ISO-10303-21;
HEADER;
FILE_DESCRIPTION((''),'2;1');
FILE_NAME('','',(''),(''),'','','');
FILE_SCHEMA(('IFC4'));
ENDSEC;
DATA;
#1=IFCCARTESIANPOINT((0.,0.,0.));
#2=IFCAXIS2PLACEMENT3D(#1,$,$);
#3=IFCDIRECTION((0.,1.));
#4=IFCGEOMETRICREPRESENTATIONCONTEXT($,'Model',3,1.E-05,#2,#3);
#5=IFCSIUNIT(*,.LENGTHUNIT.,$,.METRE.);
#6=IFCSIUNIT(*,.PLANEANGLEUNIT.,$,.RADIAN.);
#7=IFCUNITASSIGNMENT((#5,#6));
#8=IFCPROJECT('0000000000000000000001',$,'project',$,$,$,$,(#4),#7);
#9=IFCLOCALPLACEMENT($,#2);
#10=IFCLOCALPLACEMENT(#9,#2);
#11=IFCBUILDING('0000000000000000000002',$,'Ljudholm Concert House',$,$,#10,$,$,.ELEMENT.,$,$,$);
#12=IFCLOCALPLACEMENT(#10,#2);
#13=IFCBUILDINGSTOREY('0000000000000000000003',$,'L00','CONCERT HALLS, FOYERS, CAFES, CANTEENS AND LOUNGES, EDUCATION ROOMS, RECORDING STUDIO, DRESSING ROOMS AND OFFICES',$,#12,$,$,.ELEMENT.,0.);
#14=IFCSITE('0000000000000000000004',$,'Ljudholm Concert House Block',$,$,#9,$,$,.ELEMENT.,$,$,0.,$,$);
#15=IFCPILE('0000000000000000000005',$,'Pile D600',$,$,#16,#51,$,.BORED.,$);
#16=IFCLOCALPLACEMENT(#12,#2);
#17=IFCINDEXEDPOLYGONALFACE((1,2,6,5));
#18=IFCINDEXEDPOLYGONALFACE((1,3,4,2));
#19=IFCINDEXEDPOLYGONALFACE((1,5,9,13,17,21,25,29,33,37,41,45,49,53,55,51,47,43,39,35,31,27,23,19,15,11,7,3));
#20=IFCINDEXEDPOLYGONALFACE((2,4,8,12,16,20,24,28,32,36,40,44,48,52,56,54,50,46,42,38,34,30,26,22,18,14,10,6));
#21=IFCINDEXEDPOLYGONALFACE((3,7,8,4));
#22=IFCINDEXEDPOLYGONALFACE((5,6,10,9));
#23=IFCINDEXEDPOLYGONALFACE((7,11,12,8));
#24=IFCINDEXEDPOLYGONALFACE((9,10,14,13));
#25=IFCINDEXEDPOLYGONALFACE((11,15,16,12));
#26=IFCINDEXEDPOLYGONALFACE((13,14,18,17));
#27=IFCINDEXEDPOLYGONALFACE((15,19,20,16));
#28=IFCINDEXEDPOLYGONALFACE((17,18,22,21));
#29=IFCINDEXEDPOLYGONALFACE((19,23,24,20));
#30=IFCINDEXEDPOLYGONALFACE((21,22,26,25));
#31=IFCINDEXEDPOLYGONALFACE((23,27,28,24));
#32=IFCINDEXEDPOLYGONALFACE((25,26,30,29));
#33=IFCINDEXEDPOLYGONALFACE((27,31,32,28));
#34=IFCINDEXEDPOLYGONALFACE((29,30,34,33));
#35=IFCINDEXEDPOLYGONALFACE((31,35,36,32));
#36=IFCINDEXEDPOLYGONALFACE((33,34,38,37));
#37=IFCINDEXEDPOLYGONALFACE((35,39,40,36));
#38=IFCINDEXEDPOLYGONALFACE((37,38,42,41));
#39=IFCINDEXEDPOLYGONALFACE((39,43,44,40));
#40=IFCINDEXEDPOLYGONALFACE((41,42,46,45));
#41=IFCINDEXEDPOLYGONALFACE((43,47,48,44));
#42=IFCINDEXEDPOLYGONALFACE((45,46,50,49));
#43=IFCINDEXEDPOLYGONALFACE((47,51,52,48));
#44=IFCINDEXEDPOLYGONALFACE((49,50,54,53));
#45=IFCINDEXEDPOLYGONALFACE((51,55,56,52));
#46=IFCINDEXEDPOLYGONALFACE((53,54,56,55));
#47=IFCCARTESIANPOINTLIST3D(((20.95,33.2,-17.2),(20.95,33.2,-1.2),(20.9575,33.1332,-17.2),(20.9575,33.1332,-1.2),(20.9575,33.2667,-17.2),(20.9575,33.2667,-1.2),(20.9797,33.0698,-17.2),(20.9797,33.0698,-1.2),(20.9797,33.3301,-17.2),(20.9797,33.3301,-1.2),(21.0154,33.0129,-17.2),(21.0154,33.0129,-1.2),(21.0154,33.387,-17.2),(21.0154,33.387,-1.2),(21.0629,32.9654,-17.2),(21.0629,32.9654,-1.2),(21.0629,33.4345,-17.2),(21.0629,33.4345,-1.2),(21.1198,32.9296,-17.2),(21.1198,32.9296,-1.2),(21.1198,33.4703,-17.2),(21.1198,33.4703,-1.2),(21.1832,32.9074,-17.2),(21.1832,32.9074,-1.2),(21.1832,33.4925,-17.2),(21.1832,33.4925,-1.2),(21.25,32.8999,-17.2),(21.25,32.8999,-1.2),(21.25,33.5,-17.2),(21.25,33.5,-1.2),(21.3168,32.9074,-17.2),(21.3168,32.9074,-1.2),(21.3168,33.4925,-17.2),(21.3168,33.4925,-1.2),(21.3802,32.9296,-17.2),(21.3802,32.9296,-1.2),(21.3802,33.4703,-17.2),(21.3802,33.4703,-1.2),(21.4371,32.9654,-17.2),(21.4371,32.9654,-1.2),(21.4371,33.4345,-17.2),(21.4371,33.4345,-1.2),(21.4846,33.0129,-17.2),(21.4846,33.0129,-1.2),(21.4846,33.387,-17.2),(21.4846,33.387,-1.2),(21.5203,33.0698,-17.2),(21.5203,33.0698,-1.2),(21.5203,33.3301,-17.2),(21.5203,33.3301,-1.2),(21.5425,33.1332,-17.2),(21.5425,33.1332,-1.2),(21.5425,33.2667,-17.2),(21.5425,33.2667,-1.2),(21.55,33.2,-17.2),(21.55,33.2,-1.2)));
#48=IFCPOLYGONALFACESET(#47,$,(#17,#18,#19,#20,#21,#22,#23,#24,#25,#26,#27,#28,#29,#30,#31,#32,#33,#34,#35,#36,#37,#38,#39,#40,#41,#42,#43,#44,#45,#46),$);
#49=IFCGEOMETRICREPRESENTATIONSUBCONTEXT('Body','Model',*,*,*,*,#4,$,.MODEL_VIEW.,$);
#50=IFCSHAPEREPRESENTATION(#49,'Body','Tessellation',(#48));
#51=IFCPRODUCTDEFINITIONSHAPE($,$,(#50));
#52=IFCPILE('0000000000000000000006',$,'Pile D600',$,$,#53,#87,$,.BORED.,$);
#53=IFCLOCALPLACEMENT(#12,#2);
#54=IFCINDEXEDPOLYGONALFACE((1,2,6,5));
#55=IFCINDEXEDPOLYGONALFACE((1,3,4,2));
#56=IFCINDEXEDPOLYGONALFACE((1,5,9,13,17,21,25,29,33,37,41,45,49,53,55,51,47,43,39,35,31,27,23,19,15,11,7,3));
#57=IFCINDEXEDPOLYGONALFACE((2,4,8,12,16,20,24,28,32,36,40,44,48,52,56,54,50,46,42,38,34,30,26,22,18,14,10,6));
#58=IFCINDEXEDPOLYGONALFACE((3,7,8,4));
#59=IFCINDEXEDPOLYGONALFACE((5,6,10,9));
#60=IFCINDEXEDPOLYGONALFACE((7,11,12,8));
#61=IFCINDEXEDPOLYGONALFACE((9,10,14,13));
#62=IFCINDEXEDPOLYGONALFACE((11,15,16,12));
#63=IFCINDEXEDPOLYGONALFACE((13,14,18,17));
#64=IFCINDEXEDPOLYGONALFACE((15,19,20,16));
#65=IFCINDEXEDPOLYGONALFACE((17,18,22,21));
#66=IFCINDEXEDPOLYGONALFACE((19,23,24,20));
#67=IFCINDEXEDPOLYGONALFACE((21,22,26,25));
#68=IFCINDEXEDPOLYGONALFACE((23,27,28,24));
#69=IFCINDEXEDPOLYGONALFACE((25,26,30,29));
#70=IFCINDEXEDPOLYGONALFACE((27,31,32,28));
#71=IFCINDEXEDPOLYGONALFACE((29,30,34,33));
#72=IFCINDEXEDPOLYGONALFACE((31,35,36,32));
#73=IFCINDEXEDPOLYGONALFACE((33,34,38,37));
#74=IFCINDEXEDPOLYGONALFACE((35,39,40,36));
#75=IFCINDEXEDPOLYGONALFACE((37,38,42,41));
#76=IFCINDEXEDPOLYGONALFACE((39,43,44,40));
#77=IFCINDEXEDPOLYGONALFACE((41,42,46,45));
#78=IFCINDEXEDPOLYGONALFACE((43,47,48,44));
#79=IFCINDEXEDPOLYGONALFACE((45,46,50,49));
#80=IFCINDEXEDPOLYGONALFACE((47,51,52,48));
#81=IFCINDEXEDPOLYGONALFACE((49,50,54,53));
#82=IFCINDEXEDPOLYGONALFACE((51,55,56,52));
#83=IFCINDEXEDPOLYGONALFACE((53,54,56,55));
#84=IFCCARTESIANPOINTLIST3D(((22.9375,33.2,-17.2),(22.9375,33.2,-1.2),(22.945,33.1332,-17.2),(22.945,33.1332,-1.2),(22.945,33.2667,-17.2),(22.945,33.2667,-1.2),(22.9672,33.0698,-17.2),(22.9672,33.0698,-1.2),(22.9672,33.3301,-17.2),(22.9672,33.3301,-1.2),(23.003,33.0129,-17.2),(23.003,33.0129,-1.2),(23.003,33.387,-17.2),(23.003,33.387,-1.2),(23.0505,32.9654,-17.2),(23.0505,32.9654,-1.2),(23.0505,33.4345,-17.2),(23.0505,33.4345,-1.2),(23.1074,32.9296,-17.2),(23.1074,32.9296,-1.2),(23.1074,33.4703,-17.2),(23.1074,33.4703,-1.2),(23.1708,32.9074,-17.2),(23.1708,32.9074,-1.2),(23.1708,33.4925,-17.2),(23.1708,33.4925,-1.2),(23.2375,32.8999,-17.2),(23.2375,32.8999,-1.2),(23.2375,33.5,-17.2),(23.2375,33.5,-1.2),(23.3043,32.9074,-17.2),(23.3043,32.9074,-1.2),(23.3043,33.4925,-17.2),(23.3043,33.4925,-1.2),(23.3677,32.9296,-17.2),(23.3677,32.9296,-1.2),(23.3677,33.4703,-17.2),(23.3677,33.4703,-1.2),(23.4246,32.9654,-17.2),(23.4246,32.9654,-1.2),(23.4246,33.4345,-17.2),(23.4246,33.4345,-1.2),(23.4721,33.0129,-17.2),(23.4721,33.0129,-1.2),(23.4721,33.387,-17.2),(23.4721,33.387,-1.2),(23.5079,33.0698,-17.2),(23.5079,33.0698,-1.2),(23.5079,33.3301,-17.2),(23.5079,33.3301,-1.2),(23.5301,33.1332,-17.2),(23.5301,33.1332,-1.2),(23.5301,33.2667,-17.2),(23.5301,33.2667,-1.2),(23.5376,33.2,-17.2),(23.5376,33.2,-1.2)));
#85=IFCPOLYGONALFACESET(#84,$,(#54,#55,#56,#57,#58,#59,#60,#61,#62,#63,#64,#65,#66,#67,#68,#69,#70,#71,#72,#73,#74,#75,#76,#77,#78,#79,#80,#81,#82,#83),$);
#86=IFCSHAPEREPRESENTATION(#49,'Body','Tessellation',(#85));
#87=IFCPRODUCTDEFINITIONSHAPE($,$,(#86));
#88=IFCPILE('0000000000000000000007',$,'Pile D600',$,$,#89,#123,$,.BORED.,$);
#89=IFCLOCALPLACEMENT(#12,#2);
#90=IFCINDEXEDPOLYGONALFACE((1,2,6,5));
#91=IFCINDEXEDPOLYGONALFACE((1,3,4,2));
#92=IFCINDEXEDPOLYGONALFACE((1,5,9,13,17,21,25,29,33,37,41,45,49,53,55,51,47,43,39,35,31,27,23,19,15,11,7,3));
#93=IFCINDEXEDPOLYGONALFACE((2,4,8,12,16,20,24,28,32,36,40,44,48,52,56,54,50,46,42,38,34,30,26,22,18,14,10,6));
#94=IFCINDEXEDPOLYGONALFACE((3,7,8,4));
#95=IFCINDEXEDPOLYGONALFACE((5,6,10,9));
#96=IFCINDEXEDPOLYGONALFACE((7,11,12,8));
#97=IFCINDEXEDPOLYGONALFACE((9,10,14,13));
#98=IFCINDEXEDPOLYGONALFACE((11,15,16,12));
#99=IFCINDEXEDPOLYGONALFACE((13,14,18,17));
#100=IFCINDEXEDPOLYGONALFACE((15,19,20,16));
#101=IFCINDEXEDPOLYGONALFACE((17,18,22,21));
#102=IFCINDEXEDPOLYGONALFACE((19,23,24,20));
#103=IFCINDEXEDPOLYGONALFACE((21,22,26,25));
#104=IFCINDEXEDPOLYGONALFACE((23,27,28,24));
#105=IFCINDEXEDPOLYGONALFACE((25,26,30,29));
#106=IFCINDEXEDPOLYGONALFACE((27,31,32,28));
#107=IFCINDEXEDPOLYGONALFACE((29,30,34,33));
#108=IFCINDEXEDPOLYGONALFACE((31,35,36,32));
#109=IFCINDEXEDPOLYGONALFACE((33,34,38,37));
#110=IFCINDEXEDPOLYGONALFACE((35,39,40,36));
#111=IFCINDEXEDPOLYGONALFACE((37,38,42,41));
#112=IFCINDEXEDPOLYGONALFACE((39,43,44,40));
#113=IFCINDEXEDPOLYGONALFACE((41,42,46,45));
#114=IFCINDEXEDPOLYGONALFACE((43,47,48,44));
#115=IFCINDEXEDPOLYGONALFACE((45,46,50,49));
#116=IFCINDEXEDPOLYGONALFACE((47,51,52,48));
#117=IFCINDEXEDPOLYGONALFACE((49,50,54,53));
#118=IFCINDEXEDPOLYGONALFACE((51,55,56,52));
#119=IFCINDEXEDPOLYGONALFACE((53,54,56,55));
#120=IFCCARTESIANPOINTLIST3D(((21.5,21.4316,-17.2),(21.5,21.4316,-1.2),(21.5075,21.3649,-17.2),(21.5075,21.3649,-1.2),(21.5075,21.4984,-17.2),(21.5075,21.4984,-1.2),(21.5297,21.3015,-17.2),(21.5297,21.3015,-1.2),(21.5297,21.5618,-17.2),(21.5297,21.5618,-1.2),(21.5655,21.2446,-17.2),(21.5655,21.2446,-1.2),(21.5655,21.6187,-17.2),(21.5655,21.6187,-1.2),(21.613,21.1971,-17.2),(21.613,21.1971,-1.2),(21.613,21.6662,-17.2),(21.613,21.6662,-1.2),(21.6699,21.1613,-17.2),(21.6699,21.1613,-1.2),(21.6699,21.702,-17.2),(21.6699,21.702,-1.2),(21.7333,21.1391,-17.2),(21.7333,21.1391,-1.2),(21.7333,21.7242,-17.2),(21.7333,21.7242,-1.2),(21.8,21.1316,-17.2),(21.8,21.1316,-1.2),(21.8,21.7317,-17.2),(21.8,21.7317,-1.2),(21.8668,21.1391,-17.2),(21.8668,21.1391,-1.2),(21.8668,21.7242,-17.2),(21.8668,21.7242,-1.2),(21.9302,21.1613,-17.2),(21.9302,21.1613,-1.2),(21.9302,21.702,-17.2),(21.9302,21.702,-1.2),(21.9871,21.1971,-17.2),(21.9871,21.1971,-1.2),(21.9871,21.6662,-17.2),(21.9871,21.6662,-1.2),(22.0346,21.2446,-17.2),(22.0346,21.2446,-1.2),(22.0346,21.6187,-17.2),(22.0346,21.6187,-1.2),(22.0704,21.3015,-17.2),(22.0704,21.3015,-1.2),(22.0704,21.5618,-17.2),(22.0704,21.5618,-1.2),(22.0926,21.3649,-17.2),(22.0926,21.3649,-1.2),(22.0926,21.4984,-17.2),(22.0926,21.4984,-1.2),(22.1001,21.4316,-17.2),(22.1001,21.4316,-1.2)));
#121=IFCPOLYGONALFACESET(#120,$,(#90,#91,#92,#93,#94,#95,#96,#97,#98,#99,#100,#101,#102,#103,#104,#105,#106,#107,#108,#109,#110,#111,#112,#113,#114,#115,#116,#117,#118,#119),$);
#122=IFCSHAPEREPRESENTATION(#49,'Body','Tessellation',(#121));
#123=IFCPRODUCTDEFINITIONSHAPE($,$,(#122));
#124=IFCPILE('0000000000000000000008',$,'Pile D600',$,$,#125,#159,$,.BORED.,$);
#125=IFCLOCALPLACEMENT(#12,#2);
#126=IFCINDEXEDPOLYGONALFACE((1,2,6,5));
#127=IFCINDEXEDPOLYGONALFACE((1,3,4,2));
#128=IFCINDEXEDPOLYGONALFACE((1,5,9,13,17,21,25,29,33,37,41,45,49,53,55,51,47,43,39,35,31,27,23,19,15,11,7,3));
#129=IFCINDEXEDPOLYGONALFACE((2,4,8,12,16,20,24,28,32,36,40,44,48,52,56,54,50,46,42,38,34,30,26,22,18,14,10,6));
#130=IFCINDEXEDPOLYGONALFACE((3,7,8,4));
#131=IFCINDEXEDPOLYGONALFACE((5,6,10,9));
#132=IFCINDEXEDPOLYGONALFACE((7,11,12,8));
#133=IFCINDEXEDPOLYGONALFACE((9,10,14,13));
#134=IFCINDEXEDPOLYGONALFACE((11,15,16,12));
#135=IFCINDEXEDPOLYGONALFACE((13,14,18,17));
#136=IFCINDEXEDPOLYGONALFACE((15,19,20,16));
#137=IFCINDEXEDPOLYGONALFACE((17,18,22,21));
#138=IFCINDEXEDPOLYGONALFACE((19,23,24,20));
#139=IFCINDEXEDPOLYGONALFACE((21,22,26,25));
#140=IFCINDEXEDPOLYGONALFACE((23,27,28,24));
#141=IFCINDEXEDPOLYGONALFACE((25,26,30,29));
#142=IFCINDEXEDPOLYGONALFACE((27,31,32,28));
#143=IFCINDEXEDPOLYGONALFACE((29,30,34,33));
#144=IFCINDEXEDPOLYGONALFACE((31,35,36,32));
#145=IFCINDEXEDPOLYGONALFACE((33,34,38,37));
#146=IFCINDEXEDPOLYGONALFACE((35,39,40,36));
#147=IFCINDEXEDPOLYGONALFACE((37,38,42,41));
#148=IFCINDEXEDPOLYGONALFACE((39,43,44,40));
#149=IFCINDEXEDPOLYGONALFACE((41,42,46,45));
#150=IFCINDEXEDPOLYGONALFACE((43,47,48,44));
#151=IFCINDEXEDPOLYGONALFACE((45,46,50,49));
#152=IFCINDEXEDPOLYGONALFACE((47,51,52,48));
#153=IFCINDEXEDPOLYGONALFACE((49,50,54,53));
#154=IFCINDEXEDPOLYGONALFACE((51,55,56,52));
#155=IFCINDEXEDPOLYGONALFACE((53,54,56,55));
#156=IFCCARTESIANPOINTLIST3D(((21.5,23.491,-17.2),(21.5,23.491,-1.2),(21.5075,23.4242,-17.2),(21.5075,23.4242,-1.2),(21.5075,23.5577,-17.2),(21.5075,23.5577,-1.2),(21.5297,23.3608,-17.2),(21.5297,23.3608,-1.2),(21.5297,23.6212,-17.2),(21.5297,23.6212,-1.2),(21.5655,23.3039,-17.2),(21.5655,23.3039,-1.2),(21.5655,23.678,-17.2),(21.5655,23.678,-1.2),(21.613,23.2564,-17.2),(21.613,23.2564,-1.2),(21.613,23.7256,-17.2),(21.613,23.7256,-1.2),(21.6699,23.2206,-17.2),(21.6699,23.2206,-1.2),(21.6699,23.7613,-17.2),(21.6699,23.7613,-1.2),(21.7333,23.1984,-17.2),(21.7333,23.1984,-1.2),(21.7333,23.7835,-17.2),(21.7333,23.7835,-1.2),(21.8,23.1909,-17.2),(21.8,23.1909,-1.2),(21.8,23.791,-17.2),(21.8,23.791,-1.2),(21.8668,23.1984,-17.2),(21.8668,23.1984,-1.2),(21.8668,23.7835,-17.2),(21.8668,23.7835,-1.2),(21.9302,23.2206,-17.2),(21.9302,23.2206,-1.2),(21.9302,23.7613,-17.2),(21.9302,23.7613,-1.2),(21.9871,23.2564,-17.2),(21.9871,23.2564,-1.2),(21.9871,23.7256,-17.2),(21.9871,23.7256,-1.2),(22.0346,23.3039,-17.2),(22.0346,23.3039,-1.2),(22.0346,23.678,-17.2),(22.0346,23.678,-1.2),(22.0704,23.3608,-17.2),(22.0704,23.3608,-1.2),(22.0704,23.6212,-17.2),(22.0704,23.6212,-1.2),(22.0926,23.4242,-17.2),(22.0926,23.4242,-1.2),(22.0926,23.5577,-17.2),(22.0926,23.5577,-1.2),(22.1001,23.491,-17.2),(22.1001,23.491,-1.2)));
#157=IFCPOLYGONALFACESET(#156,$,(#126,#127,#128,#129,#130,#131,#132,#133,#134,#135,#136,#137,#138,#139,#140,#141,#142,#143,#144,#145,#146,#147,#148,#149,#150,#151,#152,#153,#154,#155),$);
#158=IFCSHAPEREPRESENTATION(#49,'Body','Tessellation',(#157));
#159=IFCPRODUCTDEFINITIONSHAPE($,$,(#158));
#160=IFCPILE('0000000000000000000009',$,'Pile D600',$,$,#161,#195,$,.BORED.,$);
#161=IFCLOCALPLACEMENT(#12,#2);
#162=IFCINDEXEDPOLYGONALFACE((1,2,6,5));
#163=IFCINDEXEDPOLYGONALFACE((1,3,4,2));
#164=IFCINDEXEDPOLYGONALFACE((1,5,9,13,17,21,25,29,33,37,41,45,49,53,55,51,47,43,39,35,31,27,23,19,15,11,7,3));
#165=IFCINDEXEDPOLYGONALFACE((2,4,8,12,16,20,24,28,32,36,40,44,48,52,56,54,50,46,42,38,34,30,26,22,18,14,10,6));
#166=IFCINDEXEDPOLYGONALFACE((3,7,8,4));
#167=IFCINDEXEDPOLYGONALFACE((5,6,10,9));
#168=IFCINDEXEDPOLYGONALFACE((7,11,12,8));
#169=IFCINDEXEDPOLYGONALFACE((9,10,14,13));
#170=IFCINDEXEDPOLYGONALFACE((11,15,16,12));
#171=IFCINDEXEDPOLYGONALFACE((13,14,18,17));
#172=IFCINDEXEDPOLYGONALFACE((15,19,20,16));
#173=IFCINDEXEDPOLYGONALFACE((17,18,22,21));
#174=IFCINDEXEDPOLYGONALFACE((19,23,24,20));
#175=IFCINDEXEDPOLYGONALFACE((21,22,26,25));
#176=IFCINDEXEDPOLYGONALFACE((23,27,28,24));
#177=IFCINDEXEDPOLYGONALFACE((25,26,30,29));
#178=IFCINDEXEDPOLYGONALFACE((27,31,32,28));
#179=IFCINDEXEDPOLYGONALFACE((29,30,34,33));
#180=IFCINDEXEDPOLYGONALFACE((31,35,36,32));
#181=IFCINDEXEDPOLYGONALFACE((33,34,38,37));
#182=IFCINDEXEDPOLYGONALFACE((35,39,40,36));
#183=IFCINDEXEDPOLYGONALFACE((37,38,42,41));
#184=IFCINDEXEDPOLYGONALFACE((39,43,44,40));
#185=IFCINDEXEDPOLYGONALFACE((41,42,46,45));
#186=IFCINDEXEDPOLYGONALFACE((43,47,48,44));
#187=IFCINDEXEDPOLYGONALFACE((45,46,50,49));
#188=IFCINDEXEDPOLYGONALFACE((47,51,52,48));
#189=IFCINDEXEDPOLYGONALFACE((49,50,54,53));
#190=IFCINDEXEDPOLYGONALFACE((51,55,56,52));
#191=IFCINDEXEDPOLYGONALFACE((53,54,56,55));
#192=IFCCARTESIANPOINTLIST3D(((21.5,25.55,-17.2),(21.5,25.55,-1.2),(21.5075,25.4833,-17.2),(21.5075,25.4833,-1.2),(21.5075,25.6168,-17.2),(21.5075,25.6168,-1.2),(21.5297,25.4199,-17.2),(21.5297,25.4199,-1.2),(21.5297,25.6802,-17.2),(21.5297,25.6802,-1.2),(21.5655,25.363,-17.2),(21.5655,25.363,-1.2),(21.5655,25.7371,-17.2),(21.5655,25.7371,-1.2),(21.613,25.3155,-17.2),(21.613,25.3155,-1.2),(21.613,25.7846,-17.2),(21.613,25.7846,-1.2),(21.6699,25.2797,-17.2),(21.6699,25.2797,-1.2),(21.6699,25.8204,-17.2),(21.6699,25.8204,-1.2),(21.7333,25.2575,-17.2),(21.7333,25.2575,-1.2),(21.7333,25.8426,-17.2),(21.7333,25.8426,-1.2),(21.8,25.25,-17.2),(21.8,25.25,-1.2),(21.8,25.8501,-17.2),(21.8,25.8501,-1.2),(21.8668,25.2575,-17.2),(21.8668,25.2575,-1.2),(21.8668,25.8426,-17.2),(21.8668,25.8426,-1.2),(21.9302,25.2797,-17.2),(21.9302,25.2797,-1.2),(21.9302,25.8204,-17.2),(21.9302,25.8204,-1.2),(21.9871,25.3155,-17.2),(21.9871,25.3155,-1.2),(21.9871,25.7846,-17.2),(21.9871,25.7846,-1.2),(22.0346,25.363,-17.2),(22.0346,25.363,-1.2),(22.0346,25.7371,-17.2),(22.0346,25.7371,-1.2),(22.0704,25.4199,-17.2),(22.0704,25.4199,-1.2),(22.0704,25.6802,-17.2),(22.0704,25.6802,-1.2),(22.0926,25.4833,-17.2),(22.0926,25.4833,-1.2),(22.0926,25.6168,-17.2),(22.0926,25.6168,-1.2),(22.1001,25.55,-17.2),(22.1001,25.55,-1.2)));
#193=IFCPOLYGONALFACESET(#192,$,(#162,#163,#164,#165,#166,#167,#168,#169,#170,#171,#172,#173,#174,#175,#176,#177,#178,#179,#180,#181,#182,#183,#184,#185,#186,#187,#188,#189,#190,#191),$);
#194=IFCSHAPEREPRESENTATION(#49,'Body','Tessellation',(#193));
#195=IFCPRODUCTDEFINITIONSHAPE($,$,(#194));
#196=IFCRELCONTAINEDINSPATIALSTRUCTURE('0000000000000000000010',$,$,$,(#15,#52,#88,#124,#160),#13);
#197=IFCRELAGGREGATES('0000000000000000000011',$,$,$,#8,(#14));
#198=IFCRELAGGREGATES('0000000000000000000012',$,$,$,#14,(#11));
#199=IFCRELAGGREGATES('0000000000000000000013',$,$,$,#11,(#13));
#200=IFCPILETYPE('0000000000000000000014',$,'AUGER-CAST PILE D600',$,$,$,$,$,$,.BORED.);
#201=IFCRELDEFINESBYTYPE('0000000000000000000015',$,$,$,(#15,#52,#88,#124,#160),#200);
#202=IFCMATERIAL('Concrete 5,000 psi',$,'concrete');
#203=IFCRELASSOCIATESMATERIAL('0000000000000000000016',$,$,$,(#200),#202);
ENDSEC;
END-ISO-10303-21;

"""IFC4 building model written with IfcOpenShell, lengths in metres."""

from ifc_helpers import new_model, si_unit, direction, frame, origin, origin_2d, place, context, subcontext, project, spatial, circle, extrude, material, material_profile, profile_set, type_object, element, save


model = new_model("IFC4")

# Units and contexts
model_context = context("Model", 3, precision=1e-05, world=origin(), true_north=direction((0.0, 1.0)))
body_context = subcontext(model_context, "Body", "Model", "MODEL_VIEW")
ifc_project = project(units=[si_unit("LENGTHUNIT", "METRE"), si_unit("PLANEANGLEUNIT", "RADIAN")], contexts=[model_context])

# Site, building, storey
site_placement = place(None, origin())
site = spatial("IfcSite", under=ifc_project, at=site_placement, Name="Ljudholm Concert House Block", CompositionType="ELEMENT", RefElevation=0.0)
building_placement = place(site_placement, origin())
building = spatial("IfcBuilding", under=site, at=building_placement, Name="Ljudholm Concert House", CompositionType="ELEMENT")
storey_placement = place(building_placement, origin())
storey = spatial("IfcBuildingStorey", under=building, at=storey_placement, Name="L00", Description="CONCERT HALLS, FOYERS, CAFES, CANTEENS AND LOUNGES, EDUCATION ROOMS, RECORDING STUDIO, DRESSING ROOMS AND OFFICES", CompositionType="ELEMENT", Elevation=0.0)

# Piles
ifc_material_1 = material(Name="Concrete 5,000 psi", Category="concrete")
ifc_material_profile = material_profile(ifc_material_1, circle(Radius=0.3, at=origin_2d()), Name="AUGER-CAST PILE D600")
ifc_profile_set = profile_set([ifc_material_profile], Name="Concrete 5,000 psi")
pile_type = type_object("IfcPileType", Name="AUGER-CAST PILE D600", PredefinedType="BORED", material=ifc_profile_set)
for number, where, z_axis, x_axis, name in (
    (1, (21.25, 33.2, -1.2), (0.0, 0.0, -1.0), (1.0, 0.0, 0.0), "Pile D600"),
    (2, (23.2375, 33.2, -1.2), (0.0, 0.0, -1.0), (1.0, 0.0, 0.0), "Pile D600"),
    (3, (21.8, 21.4316, -1.2), (0.0, 0.0, -1.0), (1.0, 0.0, 0.0), "Pile D600"),
    (4, (21.8, 23.491, -1.2), (0.0, 0.0, -1.0), (1.0, 0.0, 0.0), "Pile D600"),
    (5, (21.8, 25.55, -1.2), (0.0, 0.0, -1.0), (1.0, 0.0, 0.0), "Pile D600"),
):
    element("IfcPile", number, at=place(storey_placement, frame(where, z_axis=z_axis, x_axis=x_axis)), inside=storey, type_object=pile_type, Name=name, PredefinedType="BORED", context=body_context, shape_type="SweptSolid", body=[
        extrude(circle(Radius=0.3, at=origin_2d()), origin(), (0.0, 0.0, 1.0), 16.0),
    ])

save(model, "model.ifc")
